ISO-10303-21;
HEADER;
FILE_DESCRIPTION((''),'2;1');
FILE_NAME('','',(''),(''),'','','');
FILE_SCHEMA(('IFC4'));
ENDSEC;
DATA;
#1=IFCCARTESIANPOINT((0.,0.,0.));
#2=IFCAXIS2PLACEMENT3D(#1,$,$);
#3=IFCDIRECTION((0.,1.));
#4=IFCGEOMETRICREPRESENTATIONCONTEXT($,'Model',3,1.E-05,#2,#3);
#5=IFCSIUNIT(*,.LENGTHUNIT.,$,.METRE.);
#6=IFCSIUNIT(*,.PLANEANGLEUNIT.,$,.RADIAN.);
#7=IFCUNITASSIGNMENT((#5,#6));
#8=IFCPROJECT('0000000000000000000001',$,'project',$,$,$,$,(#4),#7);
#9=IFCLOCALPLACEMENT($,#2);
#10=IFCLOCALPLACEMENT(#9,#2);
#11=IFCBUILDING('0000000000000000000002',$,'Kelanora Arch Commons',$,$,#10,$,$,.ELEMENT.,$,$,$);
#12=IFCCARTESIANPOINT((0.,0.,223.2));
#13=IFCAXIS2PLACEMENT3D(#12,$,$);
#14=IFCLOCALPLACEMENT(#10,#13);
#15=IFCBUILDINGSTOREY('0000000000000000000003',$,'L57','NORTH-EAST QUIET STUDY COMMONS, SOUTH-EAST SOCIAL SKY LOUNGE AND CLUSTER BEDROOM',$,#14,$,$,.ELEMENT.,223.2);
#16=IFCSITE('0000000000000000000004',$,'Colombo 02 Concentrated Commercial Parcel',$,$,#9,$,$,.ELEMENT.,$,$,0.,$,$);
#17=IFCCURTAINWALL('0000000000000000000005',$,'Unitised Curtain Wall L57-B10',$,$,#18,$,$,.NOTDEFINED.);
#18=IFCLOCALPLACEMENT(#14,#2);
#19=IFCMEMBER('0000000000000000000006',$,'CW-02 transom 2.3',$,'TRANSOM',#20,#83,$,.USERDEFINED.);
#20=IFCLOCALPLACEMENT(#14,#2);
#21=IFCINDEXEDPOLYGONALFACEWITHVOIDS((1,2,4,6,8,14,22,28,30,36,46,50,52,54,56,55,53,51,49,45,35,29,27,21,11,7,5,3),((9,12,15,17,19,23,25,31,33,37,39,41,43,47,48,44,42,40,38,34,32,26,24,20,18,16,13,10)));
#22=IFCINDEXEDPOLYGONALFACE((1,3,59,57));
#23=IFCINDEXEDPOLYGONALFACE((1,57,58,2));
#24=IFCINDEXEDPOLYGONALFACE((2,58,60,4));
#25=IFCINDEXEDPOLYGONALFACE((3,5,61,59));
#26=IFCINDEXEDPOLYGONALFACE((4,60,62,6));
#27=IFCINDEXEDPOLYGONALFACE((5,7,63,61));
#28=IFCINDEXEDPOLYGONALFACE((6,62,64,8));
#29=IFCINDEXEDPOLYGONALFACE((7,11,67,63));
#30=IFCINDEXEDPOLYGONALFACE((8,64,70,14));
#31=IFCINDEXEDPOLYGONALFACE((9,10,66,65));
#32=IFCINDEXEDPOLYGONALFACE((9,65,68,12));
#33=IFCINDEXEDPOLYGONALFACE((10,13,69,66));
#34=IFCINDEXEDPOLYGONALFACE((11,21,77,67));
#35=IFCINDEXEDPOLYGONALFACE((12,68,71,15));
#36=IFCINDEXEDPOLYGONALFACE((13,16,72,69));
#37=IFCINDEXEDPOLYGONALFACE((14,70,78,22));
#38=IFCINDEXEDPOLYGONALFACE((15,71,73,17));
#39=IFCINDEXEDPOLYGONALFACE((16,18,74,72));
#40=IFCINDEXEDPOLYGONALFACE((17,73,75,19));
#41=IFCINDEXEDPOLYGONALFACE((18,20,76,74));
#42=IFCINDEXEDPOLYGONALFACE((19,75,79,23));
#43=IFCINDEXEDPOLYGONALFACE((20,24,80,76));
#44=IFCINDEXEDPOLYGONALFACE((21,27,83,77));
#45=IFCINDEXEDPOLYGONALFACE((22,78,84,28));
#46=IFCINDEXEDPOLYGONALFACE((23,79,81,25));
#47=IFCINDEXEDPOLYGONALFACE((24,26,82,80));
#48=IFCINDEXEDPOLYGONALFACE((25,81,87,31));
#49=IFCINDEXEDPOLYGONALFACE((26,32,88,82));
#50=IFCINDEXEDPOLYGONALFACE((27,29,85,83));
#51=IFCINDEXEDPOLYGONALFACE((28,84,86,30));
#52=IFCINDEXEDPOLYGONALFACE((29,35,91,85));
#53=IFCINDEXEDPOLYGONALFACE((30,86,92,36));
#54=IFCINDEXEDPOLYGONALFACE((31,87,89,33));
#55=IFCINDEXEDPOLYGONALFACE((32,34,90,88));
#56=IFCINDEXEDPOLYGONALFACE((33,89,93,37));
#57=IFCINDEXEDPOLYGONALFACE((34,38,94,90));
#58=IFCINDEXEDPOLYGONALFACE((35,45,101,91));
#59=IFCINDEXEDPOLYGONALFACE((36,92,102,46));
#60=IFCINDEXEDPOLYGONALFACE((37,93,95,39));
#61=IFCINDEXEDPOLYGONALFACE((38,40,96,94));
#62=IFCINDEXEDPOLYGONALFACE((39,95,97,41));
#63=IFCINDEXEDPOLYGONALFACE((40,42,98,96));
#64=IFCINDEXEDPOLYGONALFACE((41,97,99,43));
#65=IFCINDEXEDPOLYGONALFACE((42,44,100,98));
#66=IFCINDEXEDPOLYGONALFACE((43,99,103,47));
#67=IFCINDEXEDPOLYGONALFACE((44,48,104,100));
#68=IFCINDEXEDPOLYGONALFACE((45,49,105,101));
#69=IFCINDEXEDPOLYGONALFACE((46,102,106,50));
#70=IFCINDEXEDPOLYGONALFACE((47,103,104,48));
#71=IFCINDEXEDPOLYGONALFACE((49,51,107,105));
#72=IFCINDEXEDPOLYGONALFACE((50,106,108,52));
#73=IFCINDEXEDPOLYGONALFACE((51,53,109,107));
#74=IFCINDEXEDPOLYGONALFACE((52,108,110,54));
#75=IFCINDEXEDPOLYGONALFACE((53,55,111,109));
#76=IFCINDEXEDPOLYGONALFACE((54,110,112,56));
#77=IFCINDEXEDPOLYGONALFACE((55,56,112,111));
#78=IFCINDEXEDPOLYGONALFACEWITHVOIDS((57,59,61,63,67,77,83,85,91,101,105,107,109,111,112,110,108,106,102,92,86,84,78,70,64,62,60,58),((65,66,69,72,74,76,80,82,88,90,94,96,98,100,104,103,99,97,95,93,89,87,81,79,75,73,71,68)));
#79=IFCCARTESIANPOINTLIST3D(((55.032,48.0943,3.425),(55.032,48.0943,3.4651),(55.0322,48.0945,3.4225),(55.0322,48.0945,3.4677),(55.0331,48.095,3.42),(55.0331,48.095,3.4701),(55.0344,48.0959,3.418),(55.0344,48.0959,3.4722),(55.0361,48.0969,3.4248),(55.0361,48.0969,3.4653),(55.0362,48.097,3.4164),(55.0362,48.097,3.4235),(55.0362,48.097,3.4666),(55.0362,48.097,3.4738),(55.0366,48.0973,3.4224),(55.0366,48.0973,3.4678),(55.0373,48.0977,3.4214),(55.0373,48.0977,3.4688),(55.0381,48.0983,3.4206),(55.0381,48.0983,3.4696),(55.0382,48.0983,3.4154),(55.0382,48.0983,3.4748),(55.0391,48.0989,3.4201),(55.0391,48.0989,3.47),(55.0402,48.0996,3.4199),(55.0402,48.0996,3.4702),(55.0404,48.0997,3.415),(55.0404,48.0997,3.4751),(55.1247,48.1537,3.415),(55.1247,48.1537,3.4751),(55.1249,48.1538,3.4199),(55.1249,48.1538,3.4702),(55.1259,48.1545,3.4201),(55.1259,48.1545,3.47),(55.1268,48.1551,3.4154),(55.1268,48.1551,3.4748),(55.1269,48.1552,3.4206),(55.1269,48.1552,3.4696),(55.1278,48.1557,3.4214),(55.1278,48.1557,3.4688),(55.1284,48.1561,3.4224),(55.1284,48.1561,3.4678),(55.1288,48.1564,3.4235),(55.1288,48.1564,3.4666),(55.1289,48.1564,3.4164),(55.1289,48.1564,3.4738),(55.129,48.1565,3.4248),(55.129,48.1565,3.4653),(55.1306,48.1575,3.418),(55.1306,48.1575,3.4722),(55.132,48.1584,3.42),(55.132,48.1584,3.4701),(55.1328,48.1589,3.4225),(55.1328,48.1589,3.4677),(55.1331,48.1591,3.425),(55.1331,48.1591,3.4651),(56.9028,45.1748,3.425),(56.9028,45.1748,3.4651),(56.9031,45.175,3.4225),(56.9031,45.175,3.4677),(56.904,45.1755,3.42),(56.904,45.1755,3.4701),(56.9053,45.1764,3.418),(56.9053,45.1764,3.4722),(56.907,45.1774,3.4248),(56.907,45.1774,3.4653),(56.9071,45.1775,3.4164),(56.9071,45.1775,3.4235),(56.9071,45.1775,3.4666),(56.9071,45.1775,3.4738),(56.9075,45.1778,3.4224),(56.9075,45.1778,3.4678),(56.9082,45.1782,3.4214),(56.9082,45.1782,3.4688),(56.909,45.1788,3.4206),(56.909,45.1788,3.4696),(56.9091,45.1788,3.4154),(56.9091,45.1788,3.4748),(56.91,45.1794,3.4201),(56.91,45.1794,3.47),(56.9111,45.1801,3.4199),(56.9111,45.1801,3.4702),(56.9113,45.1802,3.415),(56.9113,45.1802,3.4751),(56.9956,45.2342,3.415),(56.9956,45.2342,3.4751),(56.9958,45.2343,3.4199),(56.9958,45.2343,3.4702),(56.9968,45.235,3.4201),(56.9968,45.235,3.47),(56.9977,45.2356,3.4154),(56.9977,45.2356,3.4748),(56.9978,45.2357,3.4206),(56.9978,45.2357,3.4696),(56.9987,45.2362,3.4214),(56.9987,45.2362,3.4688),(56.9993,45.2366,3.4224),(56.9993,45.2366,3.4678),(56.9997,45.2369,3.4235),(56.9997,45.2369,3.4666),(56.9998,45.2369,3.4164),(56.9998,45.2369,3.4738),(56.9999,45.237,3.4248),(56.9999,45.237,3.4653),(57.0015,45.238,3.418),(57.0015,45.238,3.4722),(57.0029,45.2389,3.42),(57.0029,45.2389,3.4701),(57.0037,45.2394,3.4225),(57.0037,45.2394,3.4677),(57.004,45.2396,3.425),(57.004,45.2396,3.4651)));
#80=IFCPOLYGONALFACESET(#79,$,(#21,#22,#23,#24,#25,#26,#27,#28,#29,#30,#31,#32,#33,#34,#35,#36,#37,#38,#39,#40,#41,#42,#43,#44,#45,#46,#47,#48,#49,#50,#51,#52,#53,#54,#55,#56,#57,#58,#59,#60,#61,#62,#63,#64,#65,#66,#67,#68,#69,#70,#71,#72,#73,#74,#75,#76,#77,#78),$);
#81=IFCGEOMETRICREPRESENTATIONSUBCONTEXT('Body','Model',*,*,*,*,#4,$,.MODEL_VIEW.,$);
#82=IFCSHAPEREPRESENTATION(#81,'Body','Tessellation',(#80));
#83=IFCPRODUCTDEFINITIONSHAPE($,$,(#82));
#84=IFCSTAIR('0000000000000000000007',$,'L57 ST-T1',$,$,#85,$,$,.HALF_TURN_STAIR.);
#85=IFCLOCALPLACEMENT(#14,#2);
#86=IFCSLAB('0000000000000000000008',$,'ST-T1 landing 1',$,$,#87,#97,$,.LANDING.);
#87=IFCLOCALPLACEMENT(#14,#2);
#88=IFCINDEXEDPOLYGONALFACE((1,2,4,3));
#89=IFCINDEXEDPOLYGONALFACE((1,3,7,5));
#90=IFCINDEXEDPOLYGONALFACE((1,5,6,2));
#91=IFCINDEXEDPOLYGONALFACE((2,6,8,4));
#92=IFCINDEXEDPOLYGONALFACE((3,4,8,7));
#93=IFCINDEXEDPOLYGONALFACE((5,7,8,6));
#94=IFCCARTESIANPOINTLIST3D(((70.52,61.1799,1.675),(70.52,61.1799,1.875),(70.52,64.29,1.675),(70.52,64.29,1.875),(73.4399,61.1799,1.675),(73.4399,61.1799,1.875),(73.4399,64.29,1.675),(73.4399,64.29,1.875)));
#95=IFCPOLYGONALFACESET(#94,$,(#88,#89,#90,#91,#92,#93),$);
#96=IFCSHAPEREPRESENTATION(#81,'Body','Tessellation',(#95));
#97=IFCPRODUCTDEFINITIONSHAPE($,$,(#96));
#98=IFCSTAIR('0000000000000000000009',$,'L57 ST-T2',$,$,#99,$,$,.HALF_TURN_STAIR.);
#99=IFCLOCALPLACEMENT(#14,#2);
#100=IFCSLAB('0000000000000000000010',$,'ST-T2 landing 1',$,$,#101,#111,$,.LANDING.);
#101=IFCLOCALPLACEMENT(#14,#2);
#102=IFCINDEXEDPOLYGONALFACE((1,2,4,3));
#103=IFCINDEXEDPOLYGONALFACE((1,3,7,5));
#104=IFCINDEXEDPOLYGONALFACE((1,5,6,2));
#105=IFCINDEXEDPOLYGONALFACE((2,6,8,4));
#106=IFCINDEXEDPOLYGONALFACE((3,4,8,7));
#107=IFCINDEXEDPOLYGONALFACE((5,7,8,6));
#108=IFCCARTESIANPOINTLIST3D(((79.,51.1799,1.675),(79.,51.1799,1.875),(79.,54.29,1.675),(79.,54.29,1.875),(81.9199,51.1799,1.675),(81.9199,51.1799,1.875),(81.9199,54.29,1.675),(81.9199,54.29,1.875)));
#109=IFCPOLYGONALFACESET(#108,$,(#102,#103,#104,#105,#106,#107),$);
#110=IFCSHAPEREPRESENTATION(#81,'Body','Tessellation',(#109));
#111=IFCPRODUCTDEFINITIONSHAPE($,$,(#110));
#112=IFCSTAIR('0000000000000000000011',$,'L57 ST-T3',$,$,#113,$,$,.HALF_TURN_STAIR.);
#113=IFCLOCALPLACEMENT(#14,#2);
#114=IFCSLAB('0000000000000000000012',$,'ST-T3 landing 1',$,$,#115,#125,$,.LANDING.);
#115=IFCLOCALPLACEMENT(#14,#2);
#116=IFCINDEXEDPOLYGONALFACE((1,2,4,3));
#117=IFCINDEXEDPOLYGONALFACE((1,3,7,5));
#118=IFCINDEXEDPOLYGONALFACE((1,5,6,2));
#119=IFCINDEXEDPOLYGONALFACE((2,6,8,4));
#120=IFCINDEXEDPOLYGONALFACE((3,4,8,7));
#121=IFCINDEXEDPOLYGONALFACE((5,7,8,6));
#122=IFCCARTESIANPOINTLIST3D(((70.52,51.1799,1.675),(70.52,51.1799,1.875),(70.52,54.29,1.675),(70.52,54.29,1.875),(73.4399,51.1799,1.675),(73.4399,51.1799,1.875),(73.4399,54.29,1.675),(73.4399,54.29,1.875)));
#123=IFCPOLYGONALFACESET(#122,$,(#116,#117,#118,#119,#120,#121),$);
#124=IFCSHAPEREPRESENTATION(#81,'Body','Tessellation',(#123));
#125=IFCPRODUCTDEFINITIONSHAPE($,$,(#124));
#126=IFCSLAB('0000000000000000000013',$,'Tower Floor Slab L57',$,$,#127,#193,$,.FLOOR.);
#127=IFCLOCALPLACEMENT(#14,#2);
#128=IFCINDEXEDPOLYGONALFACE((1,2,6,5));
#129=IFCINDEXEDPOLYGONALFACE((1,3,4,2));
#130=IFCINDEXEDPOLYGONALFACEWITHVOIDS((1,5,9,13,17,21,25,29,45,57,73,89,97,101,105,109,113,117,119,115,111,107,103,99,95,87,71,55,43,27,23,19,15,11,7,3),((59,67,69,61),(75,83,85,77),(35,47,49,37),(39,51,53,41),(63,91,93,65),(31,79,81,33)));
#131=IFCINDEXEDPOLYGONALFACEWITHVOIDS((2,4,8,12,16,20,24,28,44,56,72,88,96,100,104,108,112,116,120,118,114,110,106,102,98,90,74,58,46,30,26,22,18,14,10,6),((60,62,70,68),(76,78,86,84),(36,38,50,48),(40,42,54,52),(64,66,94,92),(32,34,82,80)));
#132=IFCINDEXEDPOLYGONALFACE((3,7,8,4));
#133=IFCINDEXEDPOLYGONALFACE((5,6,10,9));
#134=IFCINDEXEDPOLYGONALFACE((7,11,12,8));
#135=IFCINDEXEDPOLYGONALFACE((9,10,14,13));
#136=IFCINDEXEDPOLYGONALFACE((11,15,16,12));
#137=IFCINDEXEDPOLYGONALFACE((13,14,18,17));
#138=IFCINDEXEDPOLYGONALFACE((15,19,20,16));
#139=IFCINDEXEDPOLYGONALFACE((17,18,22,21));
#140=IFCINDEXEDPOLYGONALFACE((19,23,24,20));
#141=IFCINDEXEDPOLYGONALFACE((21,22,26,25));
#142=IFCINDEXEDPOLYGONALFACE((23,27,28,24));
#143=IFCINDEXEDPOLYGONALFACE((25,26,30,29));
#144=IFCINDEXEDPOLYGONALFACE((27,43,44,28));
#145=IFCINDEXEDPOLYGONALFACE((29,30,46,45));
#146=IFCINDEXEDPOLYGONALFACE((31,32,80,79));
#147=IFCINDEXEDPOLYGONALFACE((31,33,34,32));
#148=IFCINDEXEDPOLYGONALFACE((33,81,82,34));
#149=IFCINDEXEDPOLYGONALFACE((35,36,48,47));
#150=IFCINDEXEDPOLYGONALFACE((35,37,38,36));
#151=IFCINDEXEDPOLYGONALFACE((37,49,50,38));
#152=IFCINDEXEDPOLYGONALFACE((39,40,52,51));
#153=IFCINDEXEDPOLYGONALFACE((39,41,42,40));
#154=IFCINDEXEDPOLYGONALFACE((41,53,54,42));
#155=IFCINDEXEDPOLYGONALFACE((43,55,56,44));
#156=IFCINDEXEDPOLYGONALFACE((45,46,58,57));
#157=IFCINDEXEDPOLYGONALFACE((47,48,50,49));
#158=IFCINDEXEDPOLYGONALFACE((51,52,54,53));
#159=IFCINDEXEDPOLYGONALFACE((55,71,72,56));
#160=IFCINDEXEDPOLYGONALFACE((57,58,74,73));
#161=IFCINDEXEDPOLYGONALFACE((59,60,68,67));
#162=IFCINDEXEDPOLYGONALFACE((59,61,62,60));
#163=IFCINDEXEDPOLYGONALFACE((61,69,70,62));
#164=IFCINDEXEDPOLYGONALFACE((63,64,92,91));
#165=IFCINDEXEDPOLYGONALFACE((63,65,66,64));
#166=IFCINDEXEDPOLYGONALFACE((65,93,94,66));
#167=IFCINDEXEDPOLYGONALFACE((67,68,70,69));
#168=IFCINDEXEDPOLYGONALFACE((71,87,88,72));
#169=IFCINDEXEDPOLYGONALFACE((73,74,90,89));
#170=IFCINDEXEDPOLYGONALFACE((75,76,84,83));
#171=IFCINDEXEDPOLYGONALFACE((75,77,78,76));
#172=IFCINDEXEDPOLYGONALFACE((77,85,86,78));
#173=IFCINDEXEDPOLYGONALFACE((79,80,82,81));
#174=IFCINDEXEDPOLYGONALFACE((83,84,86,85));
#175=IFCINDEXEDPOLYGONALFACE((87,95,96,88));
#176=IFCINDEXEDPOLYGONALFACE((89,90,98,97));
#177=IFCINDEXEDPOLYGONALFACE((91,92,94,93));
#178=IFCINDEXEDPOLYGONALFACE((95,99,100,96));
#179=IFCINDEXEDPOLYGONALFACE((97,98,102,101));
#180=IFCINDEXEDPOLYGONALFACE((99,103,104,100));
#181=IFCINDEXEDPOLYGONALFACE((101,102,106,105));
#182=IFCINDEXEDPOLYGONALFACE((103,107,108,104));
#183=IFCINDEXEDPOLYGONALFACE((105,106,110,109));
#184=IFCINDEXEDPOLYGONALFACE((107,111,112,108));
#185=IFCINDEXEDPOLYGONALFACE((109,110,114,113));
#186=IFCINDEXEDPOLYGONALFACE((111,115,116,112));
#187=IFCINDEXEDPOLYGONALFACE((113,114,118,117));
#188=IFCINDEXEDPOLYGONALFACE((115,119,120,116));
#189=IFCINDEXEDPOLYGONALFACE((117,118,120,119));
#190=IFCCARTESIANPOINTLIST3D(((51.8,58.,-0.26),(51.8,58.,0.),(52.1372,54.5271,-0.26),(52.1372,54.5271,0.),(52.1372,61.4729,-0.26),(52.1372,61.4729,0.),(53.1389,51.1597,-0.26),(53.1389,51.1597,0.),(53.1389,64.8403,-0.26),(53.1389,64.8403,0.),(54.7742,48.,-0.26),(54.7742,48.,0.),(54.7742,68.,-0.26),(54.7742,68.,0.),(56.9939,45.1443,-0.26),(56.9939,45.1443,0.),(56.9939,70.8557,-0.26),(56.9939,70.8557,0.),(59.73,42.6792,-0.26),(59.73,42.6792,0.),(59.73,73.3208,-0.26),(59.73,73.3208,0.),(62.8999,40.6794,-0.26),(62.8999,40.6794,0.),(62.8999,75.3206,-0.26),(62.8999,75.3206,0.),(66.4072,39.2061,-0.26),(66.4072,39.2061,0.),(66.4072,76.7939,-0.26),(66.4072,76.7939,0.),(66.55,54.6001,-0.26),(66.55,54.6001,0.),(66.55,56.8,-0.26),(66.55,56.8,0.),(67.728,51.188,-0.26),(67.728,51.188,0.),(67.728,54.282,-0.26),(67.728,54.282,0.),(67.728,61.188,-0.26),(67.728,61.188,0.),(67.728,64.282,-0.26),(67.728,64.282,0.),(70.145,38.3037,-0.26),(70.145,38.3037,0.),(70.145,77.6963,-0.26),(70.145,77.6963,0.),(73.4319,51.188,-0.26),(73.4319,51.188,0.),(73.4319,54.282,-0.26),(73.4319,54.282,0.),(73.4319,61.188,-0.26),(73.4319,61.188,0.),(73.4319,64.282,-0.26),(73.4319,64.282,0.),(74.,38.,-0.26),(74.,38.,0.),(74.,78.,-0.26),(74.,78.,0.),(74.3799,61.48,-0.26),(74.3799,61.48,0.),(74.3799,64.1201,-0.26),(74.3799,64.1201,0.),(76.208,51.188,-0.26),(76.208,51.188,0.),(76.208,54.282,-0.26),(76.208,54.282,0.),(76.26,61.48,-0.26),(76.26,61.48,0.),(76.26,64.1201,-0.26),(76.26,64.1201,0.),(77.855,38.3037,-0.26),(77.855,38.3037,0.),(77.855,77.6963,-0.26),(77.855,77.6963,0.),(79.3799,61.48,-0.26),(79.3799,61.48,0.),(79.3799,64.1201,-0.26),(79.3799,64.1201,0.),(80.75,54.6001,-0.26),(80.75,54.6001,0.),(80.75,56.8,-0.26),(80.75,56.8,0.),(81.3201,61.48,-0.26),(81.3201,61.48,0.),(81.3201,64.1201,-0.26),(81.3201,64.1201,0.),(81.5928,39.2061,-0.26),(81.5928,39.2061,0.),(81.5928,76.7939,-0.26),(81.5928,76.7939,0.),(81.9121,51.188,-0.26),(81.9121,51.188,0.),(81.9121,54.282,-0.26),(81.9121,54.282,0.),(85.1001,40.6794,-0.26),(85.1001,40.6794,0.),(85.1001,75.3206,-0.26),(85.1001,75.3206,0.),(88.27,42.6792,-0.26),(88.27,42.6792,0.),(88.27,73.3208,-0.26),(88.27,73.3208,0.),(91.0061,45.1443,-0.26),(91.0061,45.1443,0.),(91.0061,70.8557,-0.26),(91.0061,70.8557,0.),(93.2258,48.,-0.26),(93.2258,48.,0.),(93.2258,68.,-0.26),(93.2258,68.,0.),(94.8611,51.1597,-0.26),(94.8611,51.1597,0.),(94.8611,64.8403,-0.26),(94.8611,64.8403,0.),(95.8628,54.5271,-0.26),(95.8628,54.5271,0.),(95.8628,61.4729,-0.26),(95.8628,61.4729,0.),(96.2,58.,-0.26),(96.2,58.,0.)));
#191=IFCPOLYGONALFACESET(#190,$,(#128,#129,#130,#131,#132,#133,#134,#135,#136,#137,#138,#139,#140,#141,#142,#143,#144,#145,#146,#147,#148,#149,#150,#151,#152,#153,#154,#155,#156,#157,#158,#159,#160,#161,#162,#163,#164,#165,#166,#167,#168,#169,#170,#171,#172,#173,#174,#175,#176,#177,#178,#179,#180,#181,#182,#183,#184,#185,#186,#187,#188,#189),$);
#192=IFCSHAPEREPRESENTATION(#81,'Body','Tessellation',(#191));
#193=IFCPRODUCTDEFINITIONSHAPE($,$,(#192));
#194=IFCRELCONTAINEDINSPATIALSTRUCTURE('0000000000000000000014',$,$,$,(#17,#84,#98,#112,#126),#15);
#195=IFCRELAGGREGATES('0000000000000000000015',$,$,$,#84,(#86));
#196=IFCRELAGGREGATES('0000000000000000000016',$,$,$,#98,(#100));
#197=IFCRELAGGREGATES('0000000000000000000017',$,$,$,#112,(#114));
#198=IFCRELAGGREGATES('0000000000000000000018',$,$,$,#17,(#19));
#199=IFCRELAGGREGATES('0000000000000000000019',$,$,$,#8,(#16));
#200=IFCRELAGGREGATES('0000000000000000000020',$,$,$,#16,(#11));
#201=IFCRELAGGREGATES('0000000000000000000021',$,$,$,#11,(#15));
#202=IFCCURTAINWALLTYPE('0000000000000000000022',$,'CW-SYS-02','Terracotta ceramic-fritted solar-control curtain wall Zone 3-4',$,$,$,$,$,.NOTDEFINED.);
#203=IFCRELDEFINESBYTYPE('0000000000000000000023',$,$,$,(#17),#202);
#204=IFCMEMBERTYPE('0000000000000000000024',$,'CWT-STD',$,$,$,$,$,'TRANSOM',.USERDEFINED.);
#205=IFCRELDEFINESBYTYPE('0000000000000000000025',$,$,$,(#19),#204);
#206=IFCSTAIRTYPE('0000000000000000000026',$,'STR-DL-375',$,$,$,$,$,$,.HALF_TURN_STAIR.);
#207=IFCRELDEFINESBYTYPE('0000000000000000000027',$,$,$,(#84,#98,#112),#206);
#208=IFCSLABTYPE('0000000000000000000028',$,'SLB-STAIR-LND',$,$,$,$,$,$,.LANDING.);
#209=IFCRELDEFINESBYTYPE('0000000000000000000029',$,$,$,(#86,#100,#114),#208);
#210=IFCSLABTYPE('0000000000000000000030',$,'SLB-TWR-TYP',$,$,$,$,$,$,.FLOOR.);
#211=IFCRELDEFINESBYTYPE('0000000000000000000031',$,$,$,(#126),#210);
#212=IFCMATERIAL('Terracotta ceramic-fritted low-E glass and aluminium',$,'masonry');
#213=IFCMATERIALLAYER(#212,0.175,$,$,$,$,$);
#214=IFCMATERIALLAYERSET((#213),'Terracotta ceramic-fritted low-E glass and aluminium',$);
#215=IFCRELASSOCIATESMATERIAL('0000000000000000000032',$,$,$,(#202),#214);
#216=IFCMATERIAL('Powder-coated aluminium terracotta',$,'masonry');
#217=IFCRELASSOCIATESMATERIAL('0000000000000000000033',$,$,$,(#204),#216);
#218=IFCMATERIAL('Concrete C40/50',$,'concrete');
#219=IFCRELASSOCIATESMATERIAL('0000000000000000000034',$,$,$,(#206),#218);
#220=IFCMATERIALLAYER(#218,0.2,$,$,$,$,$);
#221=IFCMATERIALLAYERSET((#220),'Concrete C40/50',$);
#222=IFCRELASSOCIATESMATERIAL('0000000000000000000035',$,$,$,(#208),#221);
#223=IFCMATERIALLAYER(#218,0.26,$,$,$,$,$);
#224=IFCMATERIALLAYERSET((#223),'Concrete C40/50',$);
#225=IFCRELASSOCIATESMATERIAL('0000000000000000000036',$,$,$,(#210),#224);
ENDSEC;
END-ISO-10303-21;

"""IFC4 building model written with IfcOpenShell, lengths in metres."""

from ifc_helpers import new_model, si_unit, direction, frame, origin, origin_2d, place, context, subcontext, project, spatial, polyline, hollow_rectangle, outline, extrude, material, layer, layer_set, material_profile, profile_set, type_object, element, aggregate, save


model = new_model("IFC4")

# Units and contexts
model_context = context("Model", 3, precision=1e-05, world=origin(), true_north=direction((0.0, 1.0)))
body_context = subcontext(model_context, "Body", "Model", "MODEL_VIEW")
ifc_project = project(units=[si_unit("LENGTHUNIT", "METRE"), si_unit("PLANEANGLEUNIT", "RADIAN")], contexts=[model_context])

# Site, building, storey
site_placement = place(None, origin())
site = spatial("IfcSite", under=ifc_project, at=site_placement, Name="Colombo 02 Concentrated Commercial Parcel", CompositionType="ELEMENT", RefElevation=0.0)
building_placement = place(site_placement, origin())
building = spatial("IfcBuilding", under=site, at=building_placement, Name="Kelanora Arch Commons", CompositionType="ELEMENT")
storey_placement = place(building_placement, frame((0.0, 0.0, 223.2)))
storey = spatial("IfcBuildingStorey", under=building, at=storey_placement, Name="L57", Description="NORTH-EAST QUIET STUDY COMMONS, SOUTH-EAST SOCIAL SKY LOUNGE AND CLUSTER BEDROOM", CompositionType="ELEMENT", Elevation=223.2)

# Curtain wall, member
ifc_material_1 = material(Name="Terracotta ceramic-fritted low-E glass and aluminium", Category="masonry")
ifc_layer_1 = layer(ifc_material_1, 0.175)
ifc_layer_set_1 = layer_set([ifc_layer_1], Name="Terracotta ceramic-fritted low-E glass and aluminium")
curtain_wall_type = type_object("IfcCurtainWallType", Name="CW-SYS-02", Description="Terracotta ceramic-fritted solar-control curtain wall Zone 3-4", PredefinedType="NOTDEFINED", material=ifc_layer_set_1)
curtain_wall_placement = place(storey_placement, origin())
curtain_wall = element("IfcCurtainWall", 1, at=curtain_wall_placement, inside=storey, type_object=curtain_wall_type, Name="Unitised Curtain Wall L57-B10", PredefinedType="NOTDEFINED")
ifc_material_2 = material(Name="Powder-coated aluminium terracotta", Category="masonry")
ifc_material_profile_1 = material_profile(ifc_material_2, hollow_rectangle(XDim=0.1201, YDim=0.0601, WallThickness=0.0049, InnerFilletRadius=0.0049, OuterFilletRadius=0.01, at=origin_2d()), Name="CWT120x60")
ifc_profile_set_1 = profile_set([ifc_material_profile_1], Name="Powder-coated aluminium terracotta")
member_type_1 = type_object("IfcMemberType", Name="CWT-STD", ElementType="TRANSOM", PredefinedType="USERDEFINED", material=ifc_profile_set_1)
member_1_placement = place(storey_placement, frame((55.0825, 48.1267, 3.4451), z_axis=(0.539547, -0.841955, 0.0), x_axis=(0.841955, 0.539547, 0.0)))
member_1 = element("IfcMember", 2, at=member_1_placement, type_object=member_type_1, Name="CW-02 transom 2.3", ObjectType="TRANSOM", PredefinedType="USERDEFINED", context=body_context, shape_type="SweptSolid", body=[
    extrude(hollow_rectangle(XDim=0.1201, YDim=0.0601, WallThickness=0.0049, InnerFilletRadius=0.0049, OuterFilletRadius=0.01, at=origin_2d()), origin(), (0.0, 0.0, 1.0), 3.4675),
])

# Stairs, slabs
ifc_material_3 = material(Name="Concrete C40/50", Category="concrete")
stair_type = type_object("IfcStairType", Name="STR-DL-375", PredefinedType="HALF_TURN_STAIR", material=ifc_material_3)
stair_1_placement = place(storey_placement, origin())
stair_1 = element("IfcStair", 3, at=stair_1_placement, inside=storey, type_object=stair_type, Name="L57 ST-T1", PredefinedType="HALF_TURN_STAIR")
ifc_layer_2 = layer(ifc_material_3, 0.2)
ifc_layer_set_2 = layer_set([ifc_layer_2], Name="Concrete C40/50")
slab_type_1 = type_object("IfcSlabType", Name="SLB-STAIR-LND", PredefinedType="LANDING", material=ifc_layer_set_2)
slab_1_placement = place(storey_placement, frame((0.0, 0.0, 1.675)))
slab_1 = element("IfcSlab", 4, at=slab_1_placement, type_object=slab_type_1, Name="ST-T1 landing 1", PredefinedType="LANDING", context=body_context, shape_type="SweptSolid", body=[
    extrude(outline(polyline([(70.52, 61.1799), (73.4399, 61.1799), (73.4399, 64.29), (70.52, 64.29), (70.52, 61.1799)])), origin(), (0.0, 0.0, 1.0), 0.2),
])
aggregate(stair_1, [slab_1])
stair_2_placement = place(storey_placement, origin())
stair_2 = element("IfcStair", 5, at=stair_2_placement, inside=storey, type_object=stair_type, Name="L57 ST-T2", PredefinedType="HALF_TURN_STAIR")
slab_2_placement = place(storey_placement, frame((0.0, 0.0, 1.675)))
slab_2 = element("IfcSlab", 6, at=slab_2_placement, type_object=slab_type_1, Name="ST-T2 landing 1", PredefinedType="LANDING", context=body_context, shape_type="SweptSolid", body=[
    extrude(outline(polyline([(79.0, 51.1799), (81.9199, 51.1799), (81.9199, 54.29), (79.0, 54.29), (79.0, 51.1799)])), origin(), (0.0, 0.0, 1.0), 0.2),
])
aggregate(stair_2, [slab_2])
stair_3_placement = place(storey_placement, origin())
stair_3 = element("IfcStair", 7, at=stair_3_placement, inside=storey, type_object=stair_type, Name="L57 ST-T3", PredefinedType="HALF_TURN_STAIR")
slab_3_placement = place(storey_placement, frame((0.0, 0.0, 1.675)))
slab_3 = element("IfcSlab", 8, at=slab_3_placement, type_object=slab_type_1, Name="ST-T3 landing 1", PredefinedType="LANDING", context=body_context, shape_type="SweptSolid", body=[
    extrude(outline(polyline([(70.52, 51.1799), (73.4399, 51.1799), (73.4399, 54.29), (70.52, 54.29), (70.52, 51.1799)])), origin(), (0.0, 0.0, 1.0), 0.2),
])
aggregate(stair_3, [slab_3])

# Slab
ifc_layer_3 = layer(ifc_material_3, 0.26)
ifc_layer_set_3 = layer_set([ifc_layer_3], Name="Concrete C40/50")
slab_type_2 = type_object("IfcSlabType", Name="SLB-TWR-TYP", PredefinedType="FLOOR", material=ifc_layer_set_3)
slab_4_placement = place(storey_placement, frame((0.0, 0.0, -0.26)))
element("IfcSlab", 9, at=slab_4_placement, inside=storey, type_object=slab_type_2, Name="Tower Floor Slab L57", PredefinedType="FLOOR", context=body_context, shape_type="SweptSolid", body=[
    extrude(outline(polyline([(96.2, 58.0), (95.8628, 61.4729), (94.8611, 64.8403), (93.2258, 68.0), (91.0061, 70.8557), (88.27, 73.3208), (85.1001, 75.3206), (81.5928, 76.7939), (77.855, 77.6963), (74.0, 78.0), (70.145, 77.6963), (66.4072, 76.7939), (62.8999, 75.3206), (59.73, 73.3208), (56.9939, 70.8557), (54.7742, 68.0), (53.1389, 64.8403), (52.1372, 61.4729), (51.8, 58.0), (52.1372, 54.5271), (53.1389, 51.1597), (54.7742, 48.0), (56.9939, 45.1443), (59.73, 42.6792), (62.8999, 40.6794), (66.4072, 39.2061), (70.145, 38.3037), (74.0, 38.0), (77.855, 38.3037), (81.5928, 39.2061), (85.1001, 40.6794), (88.27, 42.6792), (91.0061, 45.1443), (93.2258, 48.0), (94.8611, 51.1597), (95.8628, 54.5271), (96.2, 58.0)]), holes=[polyline([(73.4319, 51.188), (67.728, 51.188), (67.728, 54.282), (73.4319, 54.282), (73.4319, 51.188)]), polyline([(76.208, 51.188), (76.208, 54.282), (81.9121, 54.282), (81.9121, 51.188), (76.208, 51.188)]), polyline([(66.55, 54.6001), (66.55, 56.8), (80.75, 56.8), (80.75, 54.6001), (66.55, 54.6001)]), polyline([(73.4319, 61.188), (67.728, 61.188), (67.728, 64.282), (73.4319, 64.282), (73.4319, 61.188)]), polyline([(74.3799, 61.48), (74.3799, 64.1201), (76.26, 64.1201), (76.26, 61.48), (74.3799, 61.48)]), polyline([(79.3799, 61.48), (79.3799, 64.1201), (81.3201, 64.1201), (81.3201, 61.48), (79.3799, 61.48)])]), origin(), (0.0, 0.0, 1.0), 0.26),
])

aggregate(curtain_wall, [member_1])

save(model, "model.ifc")
